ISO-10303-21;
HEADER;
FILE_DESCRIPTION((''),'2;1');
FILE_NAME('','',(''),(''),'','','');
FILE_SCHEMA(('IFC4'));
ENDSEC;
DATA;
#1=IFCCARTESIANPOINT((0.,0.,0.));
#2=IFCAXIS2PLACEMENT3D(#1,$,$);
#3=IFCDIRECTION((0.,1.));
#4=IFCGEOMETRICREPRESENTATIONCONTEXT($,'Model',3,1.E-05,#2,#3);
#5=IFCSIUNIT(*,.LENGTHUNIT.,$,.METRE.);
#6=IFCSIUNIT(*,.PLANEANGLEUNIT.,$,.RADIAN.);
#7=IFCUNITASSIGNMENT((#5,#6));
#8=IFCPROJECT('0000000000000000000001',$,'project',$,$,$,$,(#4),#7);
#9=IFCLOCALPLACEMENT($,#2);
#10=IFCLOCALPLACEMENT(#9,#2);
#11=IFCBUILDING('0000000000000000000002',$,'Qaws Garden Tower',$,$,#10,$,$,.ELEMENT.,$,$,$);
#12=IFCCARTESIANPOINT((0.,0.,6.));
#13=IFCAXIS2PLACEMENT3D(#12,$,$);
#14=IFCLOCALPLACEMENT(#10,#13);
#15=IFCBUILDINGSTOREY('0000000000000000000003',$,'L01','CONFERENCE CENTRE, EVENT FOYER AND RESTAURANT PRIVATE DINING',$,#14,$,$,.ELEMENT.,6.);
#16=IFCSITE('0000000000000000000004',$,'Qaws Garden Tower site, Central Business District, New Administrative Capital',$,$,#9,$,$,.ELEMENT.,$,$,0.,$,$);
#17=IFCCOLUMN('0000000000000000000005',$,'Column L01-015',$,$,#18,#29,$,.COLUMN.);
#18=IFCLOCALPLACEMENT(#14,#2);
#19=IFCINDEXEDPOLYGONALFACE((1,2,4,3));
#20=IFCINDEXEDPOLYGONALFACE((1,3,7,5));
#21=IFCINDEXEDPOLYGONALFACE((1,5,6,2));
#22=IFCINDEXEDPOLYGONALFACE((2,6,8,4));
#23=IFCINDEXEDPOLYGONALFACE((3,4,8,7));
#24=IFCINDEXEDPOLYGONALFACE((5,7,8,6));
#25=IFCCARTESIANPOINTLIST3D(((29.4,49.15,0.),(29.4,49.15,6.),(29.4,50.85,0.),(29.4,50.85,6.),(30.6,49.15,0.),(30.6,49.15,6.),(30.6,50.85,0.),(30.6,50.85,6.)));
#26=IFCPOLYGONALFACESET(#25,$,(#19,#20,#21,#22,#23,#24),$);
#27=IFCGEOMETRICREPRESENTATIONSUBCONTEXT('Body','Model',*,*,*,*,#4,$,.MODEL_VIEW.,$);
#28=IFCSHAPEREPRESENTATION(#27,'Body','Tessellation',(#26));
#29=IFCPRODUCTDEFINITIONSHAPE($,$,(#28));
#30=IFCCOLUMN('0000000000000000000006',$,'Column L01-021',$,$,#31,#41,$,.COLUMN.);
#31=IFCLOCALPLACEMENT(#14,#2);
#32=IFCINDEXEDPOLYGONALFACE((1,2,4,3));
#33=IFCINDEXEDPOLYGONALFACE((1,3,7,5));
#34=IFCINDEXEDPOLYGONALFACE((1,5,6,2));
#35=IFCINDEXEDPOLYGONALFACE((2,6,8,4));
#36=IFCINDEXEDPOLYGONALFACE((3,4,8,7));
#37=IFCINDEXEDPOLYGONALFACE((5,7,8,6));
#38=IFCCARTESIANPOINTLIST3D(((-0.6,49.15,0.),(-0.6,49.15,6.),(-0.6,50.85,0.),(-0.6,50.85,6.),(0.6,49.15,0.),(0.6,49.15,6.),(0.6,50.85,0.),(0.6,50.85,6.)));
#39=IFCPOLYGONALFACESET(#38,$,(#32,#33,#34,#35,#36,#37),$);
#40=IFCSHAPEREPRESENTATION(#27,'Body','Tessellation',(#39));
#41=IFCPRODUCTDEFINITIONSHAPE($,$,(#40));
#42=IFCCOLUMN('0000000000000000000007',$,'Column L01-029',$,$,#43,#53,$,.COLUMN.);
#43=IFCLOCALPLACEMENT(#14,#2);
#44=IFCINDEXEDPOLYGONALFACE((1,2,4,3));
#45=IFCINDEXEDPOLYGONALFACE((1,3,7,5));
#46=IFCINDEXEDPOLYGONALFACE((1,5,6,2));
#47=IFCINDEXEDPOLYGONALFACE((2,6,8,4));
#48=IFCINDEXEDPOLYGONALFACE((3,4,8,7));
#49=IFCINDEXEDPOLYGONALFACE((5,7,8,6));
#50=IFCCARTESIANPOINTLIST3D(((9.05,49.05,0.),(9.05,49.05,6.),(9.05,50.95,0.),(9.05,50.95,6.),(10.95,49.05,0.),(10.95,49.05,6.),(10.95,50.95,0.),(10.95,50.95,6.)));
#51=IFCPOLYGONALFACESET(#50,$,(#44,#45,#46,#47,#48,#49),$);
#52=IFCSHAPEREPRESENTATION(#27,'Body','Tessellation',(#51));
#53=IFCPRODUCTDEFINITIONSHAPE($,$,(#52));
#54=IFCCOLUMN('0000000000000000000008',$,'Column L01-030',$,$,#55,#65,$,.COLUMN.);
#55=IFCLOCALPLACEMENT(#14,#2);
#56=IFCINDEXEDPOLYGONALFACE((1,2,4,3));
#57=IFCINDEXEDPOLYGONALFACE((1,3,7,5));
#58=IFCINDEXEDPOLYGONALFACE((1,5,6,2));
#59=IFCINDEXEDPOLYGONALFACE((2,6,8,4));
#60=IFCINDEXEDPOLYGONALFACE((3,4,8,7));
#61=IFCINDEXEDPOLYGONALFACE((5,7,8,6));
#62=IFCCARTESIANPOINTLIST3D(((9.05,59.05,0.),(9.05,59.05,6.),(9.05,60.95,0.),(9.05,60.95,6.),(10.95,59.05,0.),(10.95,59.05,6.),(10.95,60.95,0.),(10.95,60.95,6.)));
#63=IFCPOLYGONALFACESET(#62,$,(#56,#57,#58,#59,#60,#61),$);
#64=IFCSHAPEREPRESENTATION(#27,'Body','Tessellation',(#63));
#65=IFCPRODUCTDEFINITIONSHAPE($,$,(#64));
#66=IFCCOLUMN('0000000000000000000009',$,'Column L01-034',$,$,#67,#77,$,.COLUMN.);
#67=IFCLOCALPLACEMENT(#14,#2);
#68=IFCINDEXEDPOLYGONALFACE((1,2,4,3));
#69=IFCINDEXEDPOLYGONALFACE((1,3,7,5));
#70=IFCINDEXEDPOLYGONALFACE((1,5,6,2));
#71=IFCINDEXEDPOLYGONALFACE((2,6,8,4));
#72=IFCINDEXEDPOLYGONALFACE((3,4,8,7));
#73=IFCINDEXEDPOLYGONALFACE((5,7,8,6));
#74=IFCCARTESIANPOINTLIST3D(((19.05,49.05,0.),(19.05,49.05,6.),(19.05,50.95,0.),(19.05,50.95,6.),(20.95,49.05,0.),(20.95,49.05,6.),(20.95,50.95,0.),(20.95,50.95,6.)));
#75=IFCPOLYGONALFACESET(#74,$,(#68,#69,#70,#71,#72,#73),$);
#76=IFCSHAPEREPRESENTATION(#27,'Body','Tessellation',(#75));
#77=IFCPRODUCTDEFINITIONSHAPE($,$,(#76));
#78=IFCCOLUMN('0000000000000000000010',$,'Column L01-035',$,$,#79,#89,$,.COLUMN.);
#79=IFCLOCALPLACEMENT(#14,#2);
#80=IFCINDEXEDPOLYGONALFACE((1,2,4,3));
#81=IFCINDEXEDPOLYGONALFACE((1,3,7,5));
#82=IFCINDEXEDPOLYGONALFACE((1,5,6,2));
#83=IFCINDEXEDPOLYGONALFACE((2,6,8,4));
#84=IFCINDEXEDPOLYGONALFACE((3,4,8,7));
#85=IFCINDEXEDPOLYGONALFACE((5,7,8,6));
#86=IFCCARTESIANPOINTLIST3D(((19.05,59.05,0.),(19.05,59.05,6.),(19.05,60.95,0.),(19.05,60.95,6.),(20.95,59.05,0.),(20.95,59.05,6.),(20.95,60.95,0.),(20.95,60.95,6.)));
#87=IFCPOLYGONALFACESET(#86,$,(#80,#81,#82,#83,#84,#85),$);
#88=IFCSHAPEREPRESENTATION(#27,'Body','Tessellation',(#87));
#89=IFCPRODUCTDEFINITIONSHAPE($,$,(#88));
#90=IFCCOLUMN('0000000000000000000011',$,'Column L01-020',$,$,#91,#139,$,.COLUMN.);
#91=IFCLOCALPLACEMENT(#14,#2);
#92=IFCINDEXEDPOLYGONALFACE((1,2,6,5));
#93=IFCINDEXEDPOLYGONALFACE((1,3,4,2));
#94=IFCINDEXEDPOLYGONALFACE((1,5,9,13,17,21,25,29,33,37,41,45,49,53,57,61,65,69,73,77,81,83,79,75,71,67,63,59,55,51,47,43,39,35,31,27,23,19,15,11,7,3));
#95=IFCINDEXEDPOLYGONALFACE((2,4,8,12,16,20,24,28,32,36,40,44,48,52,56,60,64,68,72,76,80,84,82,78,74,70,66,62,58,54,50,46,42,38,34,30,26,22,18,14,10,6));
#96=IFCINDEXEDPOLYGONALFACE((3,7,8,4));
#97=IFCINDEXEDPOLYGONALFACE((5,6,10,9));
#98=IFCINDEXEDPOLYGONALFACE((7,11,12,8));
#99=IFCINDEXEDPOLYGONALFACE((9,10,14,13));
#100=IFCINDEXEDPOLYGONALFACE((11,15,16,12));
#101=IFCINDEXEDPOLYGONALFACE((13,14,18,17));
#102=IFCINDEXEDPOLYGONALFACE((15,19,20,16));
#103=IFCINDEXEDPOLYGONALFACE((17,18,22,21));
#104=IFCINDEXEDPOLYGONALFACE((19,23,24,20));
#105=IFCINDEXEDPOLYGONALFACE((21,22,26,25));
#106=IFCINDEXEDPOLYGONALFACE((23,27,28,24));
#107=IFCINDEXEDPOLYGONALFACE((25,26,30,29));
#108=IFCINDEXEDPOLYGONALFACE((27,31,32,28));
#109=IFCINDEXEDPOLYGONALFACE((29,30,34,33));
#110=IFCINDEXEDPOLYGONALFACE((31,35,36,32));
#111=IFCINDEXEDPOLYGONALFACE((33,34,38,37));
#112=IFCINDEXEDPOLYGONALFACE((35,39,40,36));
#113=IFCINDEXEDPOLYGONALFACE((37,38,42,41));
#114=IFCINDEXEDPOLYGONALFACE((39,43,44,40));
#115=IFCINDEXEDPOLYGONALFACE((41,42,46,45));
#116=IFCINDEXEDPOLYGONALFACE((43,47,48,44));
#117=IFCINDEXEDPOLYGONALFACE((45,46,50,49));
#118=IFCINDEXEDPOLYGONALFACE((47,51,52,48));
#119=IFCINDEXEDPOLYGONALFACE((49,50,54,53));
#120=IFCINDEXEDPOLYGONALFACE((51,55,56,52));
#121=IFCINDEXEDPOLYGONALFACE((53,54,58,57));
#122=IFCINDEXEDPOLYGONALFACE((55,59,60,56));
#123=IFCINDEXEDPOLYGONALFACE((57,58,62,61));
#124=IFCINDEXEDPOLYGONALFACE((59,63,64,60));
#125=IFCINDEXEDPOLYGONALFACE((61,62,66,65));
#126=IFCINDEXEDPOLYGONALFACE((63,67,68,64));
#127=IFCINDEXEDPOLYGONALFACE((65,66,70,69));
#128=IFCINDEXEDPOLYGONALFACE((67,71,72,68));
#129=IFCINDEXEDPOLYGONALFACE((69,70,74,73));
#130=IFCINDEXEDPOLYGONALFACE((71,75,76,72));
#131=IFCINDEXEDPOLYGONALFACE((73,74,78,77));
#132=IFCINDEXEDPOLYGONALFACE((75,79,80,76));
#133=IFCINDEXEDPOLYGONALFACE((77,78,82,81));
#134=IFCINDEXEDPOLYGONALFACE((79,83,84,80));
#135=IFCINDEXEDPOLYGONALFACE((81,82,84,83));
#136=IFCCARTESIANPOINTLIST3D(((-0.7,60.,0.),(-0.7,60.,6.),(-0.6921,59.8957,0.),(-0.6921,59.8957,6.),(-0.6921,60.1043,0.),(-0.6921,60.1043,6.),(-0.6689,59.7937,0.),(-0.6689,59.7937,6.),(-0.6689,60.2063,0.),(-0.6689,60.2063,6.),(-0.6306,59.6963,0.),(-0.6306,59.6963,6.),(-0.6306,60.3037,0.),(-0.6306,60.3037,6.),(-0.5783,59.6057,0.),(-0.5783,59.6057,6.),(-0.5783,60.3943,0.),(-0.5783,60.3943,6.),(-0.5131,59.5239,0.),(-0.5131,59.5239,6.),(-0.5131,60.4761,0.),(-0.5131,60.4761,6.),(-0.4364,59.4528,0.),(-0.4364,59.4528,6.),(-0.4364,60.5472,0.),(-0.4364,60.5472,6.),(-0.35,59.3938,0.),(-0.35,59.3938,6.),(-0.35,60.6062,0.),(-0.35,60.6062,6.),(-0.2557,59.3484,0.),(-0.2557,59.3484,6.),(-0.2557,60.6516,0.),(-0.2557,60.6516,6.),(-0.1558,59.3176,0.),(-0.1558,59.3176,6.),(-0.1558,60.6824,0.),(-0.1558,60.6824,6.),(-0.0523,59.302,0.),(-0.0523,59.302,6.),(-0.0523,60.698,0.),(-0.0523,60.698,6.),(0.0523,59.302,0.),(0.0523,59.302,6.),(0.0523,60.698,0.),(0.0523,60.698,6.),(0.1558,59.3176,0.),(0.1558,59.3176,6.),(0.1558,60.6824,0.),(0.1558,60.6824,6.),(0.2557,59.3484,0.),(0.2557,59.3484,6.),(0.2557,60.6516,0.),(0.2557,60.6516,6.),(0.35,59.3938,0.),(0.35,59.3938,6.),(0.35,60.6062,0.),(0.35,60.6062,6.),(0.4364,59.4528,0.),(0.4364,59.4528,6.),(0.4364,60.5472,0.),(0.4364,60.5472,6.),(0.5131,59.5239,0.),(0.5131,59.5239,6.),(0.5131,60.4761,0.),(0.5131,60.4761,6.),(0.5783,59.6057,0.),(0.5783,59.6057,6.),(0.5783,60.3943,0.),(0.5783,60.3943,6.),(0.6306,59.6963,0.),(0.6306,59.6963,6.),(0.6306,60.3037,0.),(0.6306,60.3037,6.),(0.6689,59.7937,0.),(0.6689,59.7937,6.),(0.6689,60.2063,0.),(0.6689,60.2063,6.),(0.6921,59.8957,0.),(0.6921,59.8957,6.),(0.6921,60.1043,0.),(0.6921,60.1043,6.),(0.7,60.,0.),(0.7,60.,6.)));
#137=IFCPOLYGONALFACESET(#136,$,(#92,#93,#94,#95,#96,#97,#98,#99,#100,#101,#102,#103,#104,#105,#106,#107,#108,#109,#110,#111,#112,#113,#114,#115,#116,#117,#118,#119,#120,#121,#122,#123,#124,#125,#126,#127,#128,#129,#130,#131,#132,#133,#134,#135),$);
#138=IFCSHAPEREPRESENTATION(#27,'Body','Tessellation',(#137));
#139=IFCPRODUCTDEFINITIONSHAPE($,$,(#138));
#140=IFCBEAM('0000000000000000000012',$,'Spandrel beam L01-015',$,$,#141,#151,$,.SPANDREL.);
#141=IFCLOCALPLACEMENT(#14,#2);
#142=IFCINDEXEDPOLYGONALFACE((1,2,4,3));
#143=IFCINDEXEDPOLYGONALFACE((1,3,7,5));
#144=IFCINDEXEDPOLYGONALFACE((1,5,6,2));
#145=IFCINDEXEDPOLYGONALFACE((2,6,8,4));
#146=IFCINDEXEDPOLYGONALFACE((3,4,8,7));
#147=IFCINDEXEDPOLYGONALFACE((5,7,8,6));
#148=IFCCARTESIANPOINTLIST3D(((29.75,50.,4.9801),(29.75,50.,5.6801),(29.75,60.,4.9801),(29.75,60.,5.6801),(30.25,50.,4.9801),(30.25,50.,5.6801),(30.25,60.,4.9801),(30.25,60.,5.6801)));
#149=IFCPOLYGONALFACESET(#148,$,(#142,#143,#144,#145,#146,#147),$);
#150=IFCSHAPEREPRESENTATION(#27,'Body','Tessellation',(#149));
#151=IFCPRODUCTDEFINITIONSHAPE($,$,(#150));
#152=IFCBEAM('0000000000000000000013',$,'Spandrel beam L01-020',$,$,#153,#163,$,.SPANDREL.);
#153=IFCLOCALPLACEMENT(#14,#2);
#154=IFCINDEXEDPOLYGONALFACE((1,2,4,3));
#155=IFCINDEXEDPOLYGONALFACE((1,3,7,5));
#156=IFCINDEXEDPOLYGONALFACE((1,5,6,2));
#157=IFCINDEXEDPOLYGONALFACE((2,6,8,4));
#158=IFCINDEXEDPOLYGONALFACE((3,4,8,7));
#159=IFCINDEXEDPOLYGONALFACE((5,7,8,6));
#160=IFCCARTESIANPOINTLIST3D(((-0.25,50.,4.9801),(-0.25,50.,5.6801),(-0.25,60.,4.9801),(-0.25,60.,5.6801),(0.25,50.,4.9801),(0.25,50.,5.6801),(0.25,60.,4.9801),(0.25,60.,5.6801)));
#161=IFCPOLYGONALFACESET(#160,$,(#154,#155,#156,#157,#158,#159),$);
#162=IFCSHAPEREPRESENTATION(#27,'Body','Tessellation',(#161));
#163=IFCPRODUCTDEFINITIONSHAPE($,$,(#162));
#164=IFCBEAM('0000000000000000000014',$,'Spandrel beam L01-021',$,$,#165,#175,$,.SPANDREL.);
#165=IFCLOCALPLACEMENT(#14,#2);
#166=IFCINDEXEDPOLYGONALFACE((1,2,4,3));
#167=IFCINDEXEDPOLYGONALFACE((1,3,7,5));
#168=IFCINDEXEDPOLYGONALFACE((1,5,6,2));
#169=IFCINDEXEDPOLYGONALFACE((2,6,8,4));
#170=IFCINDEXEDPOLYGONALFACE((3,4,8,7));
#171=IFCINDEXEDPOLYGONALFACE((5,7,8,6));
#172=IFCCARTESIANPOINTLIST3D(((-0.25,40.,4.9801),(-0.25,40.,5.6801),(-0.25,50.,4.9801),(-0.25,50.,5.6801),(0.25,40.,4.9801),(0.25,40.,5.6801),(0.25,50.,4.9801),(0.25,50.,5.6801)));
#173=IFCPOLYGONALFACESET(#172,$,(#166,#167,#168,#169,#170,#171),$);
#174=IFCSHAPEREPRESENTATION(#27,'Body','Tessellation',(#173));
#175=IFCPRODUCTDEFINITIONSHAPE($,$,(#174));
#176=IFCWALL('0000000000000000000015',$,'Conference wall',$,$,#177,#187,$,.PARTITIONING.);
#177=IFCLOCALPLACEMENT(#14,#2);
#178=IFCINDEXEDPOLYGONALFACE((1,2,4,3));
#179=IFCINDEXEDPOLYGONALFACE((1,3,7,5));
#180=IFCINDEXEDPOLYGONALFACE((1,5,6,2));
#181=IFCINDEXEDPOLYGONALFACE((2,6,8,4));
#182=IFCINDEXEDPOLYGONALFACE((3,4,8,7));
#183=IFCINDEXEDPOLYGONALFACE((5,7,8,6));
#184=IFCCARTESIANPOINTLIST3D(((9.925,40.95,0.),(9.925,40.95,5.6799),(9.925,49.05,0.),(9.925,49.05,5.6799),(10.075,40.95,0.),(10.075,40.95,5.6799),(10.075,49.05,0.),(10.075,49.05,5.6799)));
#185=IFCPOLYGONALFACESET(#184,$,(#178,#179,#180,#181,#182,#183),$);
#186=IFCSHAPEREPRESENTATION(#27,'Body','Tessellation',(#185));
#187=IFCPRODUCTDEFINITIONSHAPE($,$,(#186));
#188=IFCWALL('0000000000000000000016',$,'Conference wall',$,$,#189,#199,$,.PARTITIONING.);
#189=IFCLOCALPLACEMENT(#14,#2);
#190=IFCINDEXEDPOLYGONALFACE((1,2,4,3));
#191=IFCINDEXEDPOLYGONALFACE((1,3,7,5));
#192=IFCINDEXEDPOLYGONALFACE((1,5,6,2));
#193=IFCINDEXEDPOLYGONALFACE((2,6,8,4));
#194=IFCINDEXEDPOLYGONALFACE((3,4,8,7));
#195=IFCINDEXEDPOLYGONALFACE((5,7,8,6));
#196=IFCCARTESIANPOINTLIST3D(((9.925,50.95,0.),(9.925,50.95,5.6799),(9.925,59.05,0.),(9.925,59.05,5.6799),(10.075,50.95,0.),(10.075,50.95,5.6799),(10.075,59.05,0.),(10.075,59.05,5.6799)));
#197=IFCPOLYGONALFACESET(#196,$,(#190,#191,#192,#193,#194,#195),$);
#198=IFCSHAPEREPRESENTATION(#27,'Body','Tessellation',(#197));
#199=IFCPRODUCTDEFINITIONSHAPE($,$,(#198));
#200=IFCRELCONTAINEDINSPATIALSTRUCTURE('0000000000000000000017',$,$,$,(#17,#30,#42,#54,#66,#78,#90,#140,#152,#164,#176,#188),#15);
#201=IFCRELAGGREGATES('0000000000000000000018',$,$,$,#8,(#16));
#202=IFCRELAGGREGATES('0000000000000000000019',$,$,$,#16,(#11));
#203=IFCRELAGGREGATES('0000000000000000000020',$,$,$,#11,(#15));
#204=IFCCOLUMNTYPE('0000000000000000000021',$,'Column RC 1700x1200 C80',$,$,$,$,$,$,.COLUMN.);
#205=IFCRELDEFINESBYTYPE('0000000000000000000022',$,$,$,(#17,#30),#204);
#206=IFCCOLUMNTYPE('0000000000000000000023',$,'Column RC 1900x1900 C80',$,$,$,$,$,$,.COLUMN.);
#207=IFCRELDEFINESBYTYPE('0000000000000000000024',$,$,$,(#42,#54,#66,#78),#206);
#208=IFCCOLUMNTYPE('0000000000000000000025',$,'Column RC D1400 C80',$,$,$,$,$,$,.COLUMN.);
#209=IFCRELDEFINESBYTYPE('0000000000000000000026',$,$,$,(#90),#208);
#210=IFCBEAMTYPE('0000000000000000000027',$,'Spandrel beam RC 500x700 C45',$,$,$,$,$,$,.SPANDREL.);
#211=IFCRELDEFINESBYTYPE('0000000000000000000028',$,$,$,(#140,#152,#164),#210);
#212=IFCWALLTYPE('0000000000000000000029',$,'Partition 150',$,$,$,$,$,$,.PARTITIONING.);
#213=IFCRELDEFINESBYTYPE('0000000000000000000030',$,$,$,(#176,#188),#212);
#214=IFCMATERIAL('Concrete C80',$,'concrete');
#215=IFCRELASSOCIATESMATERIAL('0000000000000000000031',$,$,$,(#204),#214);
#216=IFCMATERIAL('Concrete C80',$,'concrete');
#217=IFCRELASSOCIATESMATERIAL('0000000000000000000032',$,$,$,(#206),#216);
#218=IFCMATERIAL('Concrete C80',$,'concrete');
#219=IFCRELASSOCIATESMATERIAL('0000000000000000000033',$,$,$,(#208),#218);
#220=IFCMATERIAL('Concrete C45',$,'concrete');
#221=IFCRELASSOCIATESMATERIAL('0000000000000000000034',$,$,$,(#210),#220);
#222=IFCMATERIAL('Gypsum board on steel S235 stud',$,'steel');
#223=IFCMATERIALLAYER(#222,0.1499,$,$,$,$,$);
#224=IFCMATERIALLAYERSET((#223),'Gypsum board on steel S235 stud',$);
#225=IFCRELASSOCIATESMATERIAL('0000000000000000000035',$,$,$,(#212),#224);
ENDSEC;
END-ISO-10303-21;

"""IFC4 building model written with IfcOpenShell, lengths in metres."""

from ifc_helpers import new_model, si_unit, direction, frame, frame_2d, origin, origin_2d, place, context, subcontext, project, spatial, rectangle, circle, extrude, material, layer, layer_set, material_profile, profile_set, type_object, element, save


model = new_model("IFC4")

# Units and contexts
model_context = context("Model", 3, precision=1e-05, world=origin(), true_north=direction((0.0, 1.0)))
body_context = subcontext(model_context, "Body", "Model", "MODEL_VIEW")
ifc_project = project(units=[si_unit("LENGTHUNIT", "METRE"), si_unit("PLANEANGLEUNIT", "RADIAN")], contexts=[model_context])

# Site, building, storey
site_placement = place(None, origin())
site = spatial("IfcSite", under=ifc_project, at=site_placement, Name="Qaws Garden Tower site, Central Business District, New Administrative Capital", CompositionType="ELEMENT", RefElevation=0.0)
building_placement = place(site_placement, origin())
building = spatial("IfcBuilding", under=site, at=building_placement, Name="Qaws Garden Tower", CompositionType="ELEMENT")
storey_placement = place(building_placement, frame((0.0, 0.0, 6.0)))
storey = spatial("IfcBuildingStorey", under=building, at=storey_placement, Name="L01", Description="CONFERENCE CENTRE, EVENT FOYER AND RESTAURANT PRIVATE DINING", CompositionType="ELEMENT", Elevation=6.0)

# Columns
ifc_material_1 = material(Name="Concrete C80", Category="concrete")
ifc_material_profile_1 = material_profile(ifc_material_1, rectangle(XDim=1.7, YDim=1.2, at=origin_2d()), Name="RC 1700x1200")
ifc_profile_set_1 = profile_set([ifc_material_profile_1], Name="Concrete C80")
column_type_1 = type_object("IfcColumnType", Name="Column RC 1700x1200 C80", PredefinedType="COLUMN", material=ifc_profile_set_1)
for number, where, z_axis, x_axis, name in (
    (1, (30.0, 50.0, 0.0), (0.0, 0.0, 1.0), (0.0, 1.0, 0.0), "Column L01-015"),
    (2, (0.0, 50.0, 0.0), (0.0, 0.0, 1.0), (0.0, 1.0, 0.0), "Column L01-021"),
):
    element("IfcColumn", number, at=place(storey_placement, frame(where, z_axis=z_axis, x_axis=x_axis)), inside=storey, type_object=column_type_1, Name=name, PredefinedType="COLUMN", context=body_context, shape_type="SweptSolid", body=[
        extrude(rectangle(XDim=1.7, YDim=1.2, at=origin_2d()), origin(), (0.0, 0.0, 1.0), 6.0),
    ])
ifc_material_2 = material(Name="Concrete C80", Category="concrete")
ifc_material_profile_2 = material_profile(ifc_material_2, rectangle(XDim=1.8999, YDim=1.8999, at=origin_2d()), Name="RC 1900x1900")
ifc_profile_set_2 = profile_set([ifc_material_profile_2], Name="Concrete C80")
column_type_2 = type_object("IfcColumnType", Name="Column RC 1900x1900 C80", PredefinedType="COLUMN", material=ifc_profile_set_2)
for number, where, z_axis, x_axis, name in (
    (3, (10.0, 50.0, 0.0), (0.0, 0.0, 1.0), (1.0, 0.0, 0.0), "Column L01-029"),
    (4, (10.0, 60.0, 0.0), (0.0, 0.0, 1.0), (1.0, 0.0, 0.0), "Column L01-030"),
    (5, (20.0, 50.0, 0.0), (0.0, 0.0, 1.0), (1.0, 0.0, 0.0), "Column L01-034"),
    (6, (20.0, 60.0, 0.0), (0.0, 0.0, 1.0), (1.0, 0.0, 0.0), "Column L01-035"),
):
    element("IfcColumn", number, at=place(storey_placement, frame(where, z_axis=z_axis, x_axis=x_axis)), inside=storey, type_object=column_type_2, Name=name, PredefinedType="COLUMN", context=body_context, shape_type="SweptSolid", body=[
        extrude(rectangle(XDim=1.8999, YDim=1.8999, at=origin_2d()), origin(), (0.0, 0.0, 1.0), 6.0),
    ])
ifc_material_3 = material(Name="Concrete C80", Category="concrete")
ifc_material_profile_3 = material_profile(ifc_material_3, circle(Radius=0.7, at=origin_2d()), Name="RC D1400")
ifc_profile_set_3 = profile_set([ifc_material_profile_3], Name="Concrete C80")
column_type_3 = type_object("IfcColumnType", Name="Column RC D1400 C80", PredefinedType="COLUMN", material=ifc_profile_set_3)
column_placement = place(storey_placement, frame((0.0, 60.0, 0.0), z_axis=(0.0, 0.0, 1.0), x_axis=(1.0, 0.0, 0.0)))
element("IfcColumn", 7, at=column_placement, inside=storey, type_object=column_type_3, Name="Column L01-020", PredefinedType="COLUMN", context=body_context, shape_type="SweptSolid", body=[
    extrude(circle(Radius=0.7, at=origin_2d()), origin(), (0.0, 0.0, 1.0), 6.0),
])

# Beams
ifc_material_4 = material(Name="Concrete C45", Category="concrete")
ifc_material_profile_4 = material_profile(ifc_material_4, rectangle(XDim=0.5, YDim=0.7, at=origin_2d()), Name="RC 500x700")
ifc_profile_set_4 = profile_set([ifc_material_profile_4], Name="Concrete C45")
beam_type = type_object("IfcBeamType", Name="Spandrel beam RC 500x700 C45", PredefinedType="SPANDREL", material=ifc_profile_set_4)
for number, where, z_axis, x_axis, name in (
    (8, (30.0, 50.0, 5.3301), (0.0, 1.0, 0.0), (-1.0, 0.0, 0.0), "Spandrel beam L01-015"),
    (9, (0.0, 60.0, 5.3301), (0.0, -1.0, 0.0), (1.0, 0.0, 0.0), "Spandrel beam L01-020"),
    (10, (0.0, 50.0, 5.3301), (0.0, -1.0, 0.0), (1.0, 0.0, 0.0), "Spandrel beam L01-021"),
):
    element("IfcBeam", number, at=place(storey_placement, frame(where, z_axis=z_axis, x_axis=x_axis)), inside=storey, type_object=beam_type, Name=name, PredefinedType="SPANDREL", context=body_context, shape_type="SweptSolid", body=[
        extrude(rectangle(XDim=0.5, YDim=0.7, at=origin_2d()), origin(), (0.0, 0.0, 1.0), 10.0),
    ])

# Walls
ifc_material_5 = material(Name="Gypsum board on steel S235 stud", Category="steel")
ifc_layer_1 = layer(ifc_material_5, 0.1499)
ifc_layer_set_1 = layer_set([ifc_layer_1], Name="Gypsum board on steel S235 stud")
wall_type_1 = type_object("IfcWallType", Name="Partition 150", PredefinedType="PARTITIONING", material=ifc_layer_set_1)
for number, where, z_axis, x_axis, name in (
    (11, (10.0, 40.95, 0.0), (0.0, 0.0, 1.0), (0.0, 1.0, 0.0), "Conference wall"),
    (12, (10.0, 50.95, 0.0), (0.0, 0.0, 1.0), (0.0, 1.0, 0.0), "Conference wall"),
):
    element("IfcWall", number, at=place(storey_placement, frame(where, z_axis=z_axis, x_axis=x_axis)), inside=storey, type_object=wall_type_1, Name=name, PredefinedType="PARTITIONING", context=body_context, shape_type="SweptSolid", body=[
        extrude(rectangle(XDim=8.1001, YDim=0.1499, at=frame_2d((4.05, 0.0))), origin(), (0.0, 0.0, 1.0), 5.6799),
    ])

save(model, "model.ifc")
